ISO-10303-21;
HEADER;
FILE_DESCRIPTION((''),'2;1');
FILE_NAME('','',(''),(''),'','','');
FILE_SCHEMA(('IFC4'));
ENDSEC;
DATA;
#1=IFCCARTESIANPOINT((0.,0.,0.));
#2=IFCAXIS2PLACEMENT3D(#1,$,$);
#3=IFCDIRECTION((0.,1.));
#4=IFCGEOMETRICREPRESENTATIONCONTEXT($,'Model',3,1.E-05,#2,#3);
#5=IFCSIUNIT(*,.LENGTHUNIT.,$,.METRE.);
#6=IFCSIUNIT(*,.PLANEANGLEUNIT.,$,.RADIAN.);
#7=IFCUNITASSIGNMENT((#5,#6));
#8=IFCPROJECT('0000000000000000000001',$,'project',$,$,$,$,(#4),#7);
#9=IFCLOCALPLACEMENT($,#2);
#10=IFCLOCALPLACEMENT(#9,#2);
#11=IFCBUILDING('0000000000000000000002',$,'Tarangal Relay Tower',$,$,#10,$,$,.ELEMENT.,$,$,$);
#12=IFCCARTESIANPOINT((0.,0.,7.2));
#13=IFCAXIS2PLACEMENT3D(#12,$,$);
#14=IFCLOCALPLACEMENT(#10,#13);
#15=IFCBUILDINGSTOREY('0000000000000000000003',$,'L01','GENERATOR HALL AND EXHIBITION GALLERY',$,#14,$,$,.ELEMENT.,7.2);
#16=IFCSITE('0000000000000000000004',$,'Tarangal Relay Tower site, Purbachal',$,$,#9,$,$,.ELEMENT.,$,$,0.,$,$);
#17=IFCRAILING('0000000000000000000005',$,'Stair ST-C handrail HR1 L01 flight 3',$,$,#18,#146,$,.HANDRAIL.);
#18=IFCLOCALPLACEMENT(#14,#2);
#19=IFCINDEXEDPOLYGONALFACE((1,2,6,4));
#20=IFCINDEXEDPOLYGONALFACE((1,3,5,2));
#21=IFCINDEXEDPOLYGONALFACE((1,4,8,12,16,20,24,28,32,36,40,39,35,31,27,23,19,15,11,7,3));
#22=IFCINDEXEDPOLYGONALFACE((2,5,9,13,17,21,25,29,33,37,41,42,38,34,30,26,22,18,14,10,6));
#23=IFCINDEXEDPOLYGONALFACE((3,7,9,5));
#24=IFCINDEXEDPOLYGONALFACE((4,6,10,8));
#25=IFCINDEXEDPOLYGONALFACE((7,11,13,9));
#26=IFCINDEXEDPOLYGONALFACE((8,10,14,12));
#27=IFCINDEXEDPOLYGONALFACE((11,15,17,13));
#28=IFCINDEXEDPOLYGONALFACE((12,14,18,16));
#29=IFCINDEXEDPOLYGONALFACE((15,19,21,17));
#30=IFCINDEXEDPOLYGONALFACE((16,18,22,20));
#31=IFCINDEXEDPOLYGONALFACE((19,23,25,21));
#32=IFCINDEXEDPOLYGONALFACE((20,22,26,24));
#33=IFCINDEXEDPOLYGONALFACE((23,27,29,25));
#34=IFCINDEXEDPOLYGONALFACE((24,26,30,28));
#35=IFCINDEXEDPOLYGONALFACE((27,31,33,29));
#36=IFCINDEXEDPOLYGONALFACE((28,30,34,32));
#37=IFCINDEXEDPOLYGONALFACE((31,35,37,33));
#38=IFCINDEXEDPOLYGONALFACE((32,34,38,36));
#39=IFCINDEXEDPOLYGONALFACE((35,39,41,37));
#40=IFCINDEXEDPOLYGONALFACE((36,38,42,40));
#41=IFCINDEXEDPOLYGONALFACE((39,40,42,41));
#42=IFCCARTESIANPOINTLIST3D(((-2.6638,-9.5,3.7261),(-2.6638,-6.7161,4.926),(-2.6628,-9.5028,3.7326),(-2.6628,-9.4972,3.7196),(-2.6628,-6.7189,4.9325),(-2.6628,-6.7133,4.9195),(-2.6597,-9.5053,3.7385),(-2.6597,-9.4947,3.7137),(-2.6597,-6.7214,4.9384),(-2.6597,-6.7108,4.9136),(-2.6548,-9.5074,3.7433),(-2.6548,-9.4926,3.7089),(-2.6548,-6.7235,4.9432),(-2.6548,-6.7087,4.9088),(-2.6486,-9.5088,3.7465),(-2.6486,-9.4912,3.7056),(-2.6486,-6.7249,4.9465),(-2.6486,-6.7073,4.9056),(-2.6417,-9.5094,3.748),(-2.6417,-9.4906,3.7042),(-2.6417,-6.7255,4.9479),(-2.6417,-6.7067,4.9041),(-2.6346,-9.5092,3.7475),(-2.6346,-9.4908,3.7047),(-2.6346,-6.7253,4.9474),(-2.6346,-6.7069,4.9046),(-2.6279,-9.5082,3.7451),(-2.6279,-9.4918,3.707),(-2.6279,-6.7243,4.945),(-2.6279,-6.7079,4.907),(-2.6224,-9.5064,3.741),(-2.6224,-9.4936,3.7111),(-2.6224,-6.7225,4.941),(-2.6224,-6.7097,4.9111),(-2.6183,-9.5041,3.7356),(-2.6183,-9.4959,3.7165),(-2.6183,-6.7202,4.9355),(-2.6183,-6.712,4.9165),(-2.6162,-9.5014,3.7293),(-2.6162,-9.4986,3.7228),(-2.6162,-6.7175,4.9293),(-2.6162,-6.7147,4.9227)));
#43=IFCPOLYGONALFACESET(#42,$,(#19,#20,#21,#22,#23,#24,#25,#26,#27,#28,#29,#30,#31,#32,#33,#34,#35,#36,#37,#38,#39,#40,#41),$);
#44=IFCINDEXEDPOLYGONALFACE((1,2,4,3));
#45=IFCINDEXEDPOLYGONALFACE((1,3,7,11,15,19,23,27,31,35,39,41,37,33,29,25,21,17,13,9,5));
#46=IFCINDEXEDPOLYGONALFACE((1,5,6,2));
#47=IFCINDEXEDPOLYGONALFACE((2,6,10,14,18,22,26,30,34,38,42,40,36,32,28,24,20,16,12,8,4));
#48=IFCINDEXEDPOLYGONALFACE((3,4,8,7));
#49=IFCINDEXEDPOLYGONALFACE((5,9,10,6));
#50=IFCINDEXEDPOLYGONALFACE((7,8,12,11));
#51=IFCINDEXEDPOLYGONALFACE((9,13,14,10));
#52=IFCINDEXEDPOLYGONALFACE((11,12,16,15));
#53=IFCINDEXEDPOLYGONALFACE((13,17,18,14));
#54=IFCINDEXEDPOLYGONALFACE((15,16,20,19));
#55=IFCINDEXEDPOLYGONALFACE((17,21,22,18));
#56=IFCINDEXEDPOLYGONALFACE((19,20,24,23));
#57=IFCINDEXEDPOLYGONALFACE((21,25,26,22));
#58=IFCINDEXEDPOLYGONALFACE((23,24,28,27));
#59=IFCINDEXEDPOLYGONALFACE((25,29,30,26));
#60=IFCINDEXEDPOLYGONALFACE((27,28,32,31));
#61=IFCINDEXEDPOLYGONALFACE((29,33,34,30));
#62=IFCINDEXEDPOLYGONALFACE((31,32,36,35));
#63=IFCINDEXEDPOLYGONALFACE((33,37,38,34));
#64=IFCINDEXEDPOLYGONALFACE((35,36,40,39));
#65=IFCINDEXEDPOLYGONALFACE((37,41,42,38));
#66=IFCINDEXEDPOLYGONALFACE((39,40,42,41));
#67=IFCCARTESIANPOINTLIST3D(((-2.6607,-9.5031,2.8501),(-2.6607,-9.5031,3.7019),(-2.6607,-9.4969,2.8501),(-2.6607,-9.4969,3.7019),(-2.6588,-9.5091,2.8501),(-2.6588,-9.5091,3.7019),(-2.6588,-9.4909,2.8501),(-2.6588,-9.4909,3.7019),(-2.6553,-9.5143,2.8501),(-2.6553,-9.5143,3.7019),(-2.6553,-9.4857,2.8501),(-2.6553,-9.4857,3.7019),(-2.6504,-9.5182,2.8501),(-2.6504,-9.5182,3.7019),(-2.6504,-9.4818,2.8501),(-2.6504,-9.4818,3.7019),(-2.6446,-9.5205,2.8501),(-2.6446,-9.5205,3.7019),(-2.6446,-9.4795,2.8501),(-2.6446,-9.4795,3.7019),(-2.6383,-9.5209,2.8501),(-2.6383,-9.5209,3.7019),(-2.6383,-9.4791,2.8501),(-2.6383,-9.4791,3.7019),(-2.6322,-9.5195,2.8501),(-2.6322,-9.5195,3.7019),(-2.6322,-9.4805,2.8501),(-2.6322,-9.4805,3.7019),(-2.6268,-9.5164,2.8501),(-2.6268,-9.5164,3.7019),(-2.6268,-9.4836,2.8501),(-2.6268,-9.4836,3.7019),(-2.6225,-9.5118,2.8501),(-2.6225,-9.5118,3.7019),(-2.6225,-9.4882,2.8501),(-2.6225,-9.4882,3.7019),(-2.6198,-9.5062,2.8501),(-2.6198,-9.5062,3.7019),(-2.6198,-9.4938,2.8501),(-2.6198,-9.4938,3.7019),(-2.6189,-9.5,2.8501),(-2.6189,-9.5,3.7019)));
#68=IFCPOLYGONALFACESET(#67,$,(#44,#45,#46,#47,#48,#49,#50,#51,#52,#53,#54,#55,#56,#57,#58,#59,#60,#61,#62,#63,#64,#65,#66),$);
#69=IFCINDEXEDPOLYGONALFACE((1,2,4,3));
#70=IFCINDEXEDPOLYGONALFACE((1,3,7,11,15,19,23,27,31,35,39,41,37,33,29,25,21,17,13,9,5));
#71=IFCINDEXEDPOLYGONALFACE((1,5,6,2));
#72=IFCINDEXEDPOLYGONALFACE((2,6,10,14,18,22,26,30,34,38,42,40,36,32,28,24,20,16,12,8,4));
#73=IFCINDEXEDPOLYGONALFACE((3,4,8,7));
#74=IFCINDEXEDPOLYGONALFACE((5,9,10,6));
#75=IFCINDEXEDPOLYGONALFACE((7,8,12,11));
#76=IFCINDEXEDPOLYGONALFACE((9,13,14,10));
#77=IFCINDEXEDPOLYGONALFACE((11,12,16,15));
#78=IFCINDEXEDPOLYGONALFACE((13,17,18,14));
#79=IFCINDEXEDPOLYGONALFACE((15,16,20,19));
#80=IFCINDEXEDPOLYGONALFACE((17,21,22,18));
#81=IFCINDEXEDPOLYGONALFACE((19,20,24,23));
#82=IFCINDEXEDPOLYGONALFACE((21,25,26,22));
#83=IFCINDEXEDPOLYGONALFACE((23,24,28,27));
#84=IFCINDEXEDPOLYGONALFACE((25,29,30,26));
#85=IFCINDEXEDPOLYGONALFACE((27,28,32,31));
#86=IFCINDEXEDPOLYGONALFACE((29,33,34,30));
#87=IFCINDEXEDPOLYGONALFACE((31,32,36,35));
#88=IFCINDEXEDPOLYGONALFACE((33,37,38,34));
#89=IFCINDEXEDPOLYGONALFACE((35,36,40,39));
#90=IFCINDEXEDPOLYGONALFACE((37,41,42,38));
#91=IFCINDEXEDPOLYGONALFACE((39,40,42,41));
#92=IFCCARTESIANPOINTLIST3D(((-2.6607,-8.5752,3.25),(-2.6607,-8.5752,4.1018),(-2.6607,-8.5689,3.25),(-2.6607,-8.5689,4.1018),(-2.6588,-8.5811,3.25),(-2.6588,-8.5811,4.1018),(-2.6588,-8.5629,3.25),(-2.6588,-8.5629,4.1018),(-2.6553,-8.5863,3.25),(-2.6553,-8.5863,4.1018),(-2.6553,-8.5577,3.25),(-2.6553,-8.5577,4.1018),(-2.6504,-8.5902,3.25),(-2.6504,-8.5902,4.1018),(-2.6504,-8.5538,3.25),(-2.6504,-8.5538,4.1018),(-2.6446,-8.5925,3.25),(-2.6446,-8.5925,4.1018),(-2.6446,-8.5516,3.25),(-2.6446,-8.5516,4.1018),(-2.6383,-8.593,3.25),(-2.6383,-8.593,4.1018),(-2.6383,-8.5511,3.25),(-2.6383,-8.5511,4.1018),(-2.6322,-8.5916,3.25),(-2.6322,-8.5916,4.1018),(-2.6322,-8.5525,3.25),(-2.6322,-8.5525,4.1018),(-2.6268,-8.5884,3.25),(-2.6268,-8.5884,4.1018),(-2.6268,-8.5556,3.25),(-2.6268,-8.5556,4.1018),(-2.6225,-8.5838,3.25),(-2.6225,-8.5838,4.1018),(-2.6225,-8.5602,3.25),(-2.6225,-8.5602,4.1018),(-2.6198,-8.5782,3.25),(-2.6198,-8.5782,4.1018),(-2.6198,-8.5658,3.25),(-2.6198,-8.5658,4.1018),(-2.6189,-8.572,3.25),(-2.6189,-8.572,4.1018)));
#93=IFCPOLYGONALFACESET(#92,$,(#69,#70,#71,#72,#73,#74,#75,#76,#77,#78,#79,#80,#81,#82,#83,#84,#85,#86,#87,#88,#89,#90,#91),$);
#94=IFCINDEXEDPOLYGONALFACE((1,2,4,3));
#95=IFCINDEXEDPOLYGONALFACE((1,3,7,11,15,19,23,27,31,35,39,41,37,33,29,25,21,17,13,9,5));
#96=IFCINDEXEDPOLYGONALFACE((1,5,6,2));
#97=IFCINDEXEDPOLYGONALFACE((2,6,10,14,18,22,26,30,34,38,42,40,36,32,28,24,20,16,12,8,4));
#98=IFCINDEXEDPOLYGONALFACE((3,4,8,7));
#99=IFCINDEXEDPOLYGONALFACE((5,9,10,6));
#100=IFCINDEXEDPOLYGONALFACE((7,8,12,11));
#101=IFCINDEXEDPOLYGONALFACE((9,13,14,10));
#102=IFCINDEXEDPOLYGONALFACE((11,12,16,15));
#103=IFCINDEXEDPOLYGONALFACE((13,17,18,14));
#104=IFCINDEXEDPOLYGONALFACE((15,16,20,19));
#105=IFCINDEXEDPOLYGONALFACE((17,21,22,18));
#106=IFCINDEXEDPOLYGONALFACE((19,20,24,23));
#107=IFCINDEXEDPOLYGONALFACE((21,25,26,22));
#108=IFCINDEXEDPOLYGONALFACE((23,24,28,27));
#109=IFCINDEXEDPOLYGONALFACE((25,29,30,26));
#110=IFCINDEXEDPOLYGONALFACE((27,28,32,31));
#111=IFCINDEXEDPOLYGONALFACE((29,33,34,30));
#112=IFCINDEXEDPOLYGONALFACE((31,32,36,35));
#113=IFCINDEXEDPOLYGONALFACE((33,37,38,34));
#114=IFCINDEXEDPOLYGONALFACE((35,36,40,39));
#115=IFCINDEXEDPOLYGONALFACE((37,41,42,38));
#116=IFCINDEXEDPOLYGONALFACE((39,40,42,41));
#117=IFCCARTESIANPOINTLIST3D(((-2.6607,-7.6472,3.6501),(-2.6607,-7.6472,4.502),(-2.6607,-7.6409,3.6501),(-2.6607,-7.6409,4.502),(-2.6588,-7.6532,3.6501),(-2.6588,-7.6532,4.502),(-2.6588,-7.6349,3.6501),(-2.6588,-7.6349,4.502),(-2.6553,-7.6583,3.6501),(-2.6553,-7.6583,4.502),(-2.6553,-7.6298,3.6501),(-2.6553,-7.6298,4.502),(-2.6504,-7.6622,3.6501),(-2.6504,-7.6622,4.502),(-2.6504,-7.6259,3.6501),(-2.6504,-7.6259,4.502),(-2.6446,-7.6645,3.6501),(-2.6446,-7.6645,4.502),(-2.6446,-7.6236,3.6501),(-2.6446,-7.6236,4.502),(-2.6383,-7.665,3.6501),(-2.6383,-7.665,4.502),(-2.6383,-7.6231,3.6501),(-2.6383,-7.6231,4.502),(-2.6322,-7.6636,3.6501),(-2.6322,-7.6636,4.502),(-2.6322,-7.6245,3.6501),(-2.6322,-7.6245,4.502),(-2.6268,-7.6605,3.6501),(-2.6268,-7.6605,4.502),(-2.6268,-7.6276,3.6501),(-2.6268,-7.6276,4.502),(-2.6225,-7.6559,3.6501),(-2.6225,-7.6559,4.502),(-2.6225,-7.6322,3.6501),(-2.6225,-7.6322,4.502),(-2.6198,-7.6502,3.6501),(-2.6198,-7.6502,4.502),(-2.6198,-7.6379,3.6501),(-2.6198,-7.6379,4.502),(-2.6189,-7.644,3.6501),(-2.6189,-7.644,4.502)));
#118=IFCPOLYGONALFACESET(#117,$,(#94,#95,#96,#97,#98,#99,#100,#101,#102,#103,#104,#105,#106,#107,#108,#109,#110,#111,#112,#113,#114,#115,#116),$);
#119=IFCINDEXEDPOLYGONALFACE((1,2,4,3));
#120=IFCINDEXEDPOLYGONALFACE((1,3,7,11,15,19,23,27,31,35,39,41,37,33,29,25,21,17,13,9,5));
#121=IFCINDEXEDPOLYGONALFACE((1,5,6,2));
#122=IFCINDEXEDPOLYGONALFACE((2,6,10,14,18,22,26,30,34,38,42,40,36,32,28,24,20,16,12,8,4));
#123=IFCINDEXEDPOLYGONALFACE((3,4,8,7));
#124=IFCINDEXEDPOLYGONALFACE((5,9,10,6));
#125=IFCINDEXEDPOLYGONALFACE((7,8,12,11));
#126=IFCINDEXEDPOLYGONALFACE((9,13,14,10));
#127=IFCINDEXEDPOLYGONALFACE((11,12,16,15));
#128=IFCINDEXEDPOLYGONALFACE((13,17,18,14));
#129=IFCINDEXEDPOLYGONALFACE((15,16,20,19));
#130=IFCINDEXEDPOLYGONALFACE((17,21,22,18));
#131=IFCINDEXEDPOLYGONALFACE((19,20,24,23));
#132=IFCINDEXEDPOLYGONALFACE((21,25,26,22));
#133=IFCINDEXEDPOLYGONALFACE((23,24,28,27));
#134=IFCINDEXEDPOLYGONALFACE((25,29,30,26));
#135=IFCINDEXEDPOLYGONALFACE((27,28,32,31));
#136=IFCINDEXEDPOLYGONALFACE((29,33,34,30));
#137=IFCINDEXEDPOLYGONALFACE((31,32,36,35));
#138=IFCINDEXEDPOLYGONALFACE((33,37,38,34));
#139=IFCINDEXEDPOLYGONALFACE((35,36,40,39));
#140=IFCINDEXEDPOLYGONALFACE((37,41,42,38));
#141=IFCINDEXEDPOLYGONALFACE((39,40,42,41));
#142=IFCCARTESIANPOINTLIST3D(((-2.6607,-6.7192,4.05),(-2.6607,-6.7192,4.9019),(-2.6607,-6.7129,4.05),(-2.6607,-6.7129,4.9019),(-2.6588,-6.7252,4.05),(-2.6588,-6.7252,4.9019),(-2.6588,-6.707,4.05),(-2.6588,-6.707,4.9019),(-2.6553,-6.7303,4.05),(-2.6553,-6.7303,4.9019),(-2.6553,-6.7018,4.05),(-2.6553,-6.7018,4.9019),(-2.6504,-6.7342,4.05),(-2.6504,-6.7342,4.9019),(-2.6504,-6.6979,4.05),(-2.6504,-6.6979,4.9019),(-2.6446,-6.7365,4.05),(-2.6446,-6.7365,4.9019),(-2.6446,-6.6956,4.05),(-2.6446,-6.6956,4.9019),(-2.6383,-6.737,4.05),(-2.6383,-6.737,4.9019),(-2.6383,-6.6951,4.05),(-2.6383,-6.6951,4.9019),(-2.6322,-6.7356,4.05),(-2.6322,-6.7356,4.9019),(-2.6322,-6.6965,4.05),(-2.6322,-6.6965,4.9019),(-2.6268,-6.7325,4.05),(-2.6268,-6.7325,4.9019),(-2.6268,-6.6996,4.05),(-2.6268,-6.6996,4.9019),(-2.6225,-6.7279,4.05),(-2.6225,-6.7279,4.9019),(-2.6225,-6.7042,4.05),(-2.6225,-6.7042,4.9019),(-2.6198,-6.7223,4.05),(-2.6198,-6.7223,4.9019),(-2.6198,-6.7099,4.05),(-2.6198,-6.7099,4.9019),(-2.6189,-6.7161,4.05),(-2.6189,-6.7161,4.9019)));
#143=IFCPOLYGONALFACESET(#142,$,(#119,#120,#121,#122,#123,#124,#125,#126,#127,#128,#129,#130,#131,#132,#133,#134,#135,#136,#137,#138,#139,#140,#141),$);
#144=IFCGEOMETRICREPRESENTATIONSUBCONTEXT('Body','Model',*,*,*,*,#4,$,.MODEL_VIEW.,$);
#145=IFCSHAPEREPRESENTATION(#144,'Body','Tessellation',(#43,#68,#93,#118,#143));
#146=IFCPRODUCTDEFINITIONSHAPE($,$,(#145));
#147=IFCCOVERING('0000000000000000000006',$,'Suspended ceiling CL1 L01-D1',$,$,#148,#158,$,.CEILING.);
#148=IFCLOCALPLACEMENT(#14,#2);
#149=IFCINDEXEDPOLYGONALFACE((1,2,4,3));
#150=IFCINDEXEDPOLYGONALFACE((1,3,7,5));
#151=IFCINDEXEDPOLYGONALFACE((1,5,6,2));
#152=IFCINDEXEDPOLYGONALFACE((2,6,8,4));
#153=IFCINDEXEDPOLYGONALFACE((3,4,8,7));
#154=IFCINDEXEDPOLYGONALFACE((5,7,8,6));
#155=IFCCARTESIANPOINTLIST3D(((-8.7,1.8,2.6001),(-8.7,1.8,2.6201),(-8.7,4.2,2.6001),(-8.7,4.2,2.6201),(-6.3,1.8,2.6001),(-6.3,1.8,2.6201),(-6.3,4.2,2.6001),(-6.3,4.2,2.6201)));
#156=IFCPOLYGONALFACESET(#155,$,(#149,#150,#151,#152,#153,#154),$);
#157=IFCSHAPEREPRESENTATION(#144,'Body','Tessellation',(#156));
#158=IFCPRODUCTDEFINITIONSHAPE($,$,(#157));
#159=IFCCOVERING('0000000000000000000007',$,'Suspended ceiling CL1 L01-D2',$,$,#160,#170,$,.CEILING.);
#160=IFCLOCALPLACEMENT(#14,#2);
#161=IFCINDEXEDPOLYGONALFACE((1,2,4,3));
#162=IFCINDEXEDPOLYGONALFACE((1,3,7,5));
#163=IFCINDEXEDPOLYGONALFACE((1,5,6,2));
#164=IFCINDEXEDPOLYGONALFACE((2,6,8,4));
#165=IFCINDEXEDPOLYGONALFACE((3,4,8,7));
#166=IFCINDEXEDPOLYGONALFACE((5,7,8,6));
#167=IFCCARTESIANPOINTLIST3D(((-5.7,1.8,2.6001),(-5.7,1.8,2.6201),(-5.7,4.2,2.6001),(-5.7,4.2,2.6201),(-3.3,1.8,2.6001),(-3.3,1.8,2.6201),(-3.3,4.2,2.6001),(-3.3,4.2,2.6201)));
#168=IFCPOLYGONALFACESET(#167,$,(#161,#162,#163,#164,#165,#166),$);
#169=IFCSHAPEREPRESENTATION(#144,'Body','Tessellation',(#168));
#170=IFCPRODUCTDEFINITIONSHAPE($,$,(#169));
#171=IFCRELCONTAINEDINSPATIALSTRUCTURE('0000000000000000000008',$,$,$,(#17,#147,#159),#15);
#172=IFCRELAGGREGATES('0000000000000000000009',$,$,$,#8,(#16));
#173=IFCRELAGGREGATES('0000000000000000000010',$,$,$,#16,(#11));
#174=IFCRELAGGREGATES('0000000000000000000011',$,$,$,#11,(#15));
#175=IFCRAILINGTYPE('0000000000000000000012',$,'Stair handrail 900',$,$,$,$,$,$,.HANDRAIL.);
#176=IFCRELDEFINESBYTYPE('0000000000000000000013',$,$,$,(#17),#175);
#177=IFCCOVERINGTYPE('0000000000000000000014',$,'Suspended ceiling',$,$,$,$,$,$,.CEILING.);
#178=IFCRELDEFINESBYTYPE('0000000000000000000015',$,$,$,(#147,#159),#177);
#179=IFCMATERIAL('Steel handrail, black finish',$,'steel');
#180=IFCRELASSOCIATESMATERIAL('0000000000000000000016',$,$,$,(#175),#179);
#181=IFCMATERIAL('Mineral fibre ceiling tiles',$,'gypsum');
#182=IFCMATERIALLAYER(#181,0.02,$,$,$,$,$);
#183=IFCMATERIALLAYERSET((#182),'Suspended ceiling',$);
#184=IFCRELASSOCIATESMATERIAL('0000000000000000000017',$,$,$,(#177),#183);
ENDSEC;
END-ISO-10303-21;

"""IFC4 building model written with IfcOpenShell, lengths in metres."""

from ifc_helpers import new_model, si_unit, direction, frame, origin, origin_2d, place, context, subcontext, project, spatial, polyline, circle, outline, extrude, material, layer, layer_set, type_object, element, save


model = new_model("IFC4")

# Units and contexts
model_context = context("Model", 3, precision=1e-05, world=origin(), true_north=direction((0.0, 1.0)))
body_context = subcontext(model_context, "Body", "Model", "MODEL_VIEW")
ifc_project = project(units=[si_unit("LENGTHUNIT", "METRE"), si_unit("PLANEANGLEUNIT", "RADIAN")], contexts=[model_context])

# Site, building, storey
site_placement = place(None, origin())
site = spatial("IfcSite", under=ifc_project, at=site_placement, Name="Tarangal Relay Tower site, Purbachal", CompositionType="ELEMENT", RefElevation=0.0)
building_placement = place(site_placement, origin())
building = spatial("IfcBuilding", under=site, at=building_placement, Name="Tarangal Relay Tower", CompositionType="ELEMENT")
storey_placement = place(building_placement, frame((0.0, 0.0, 7.2)))
storey = spatial("IfcBuildingStorey", under=building, at=storey_placement, Name="L01", Description="GENERATOR HALL AND EXHIBITION GALLERY", CompositionType="ELEMENT", Elevation=7.2)

# Railing
ifc_material_1 = material(Name="Steel handrail, black finish", Category="steel")
railing_type_1 = type_object("IfcRailingType", Name="Stair handrail 900", PredefinedType="HANDRAIL", material=ifc_material_1)
for number, where, name in (
    (1, (-2.6399, -9.5, 2.8501), "Stair ST-C handrail HR1 L01 flight 3"),
):
    element("IfcRailing", number, at=place(storey_placement, frame(where)), inside=storey, type_object=railing_type_1, Name=name, PredefinedType="HANDRAIL", context=body_context, shape_type="SweptSolid", body=[
        extrude(circle(Radius=0.0239, at=origin_2d()), frame((0.0, 0.0, 0.876), z_axis=(0.0, 0.918327, 0.395823), x_axis=(-1.0, 0.0, 0.0)), (0.0, 0.0, 1.0), 3.0315),
        extrude(circle(Radius=0.021, at=origin_2d()), origin(), (0.0, 0.0, 1.0), 0.8518),
        extrude(circle(Radius=0.021, at=origin_2d()), frame((0.0, 0.928, 0.3999)), (0.0, 0.0, 1.0), 0.8518),
        extrude(circle(Radius=0.021, at=origin_2d()), frame((0.0, 1.856, 0.8)), (0.0, 0.0, 1.0), 0.8518),
        extrude(circle(Radius=0.021, at=origin_2d()), frame((0.0, 2.7839, 1.2)), (0.0, 0.0, 1.0), 0.8518),
    ])

# Coverings
ifc_material_2 = material(Name="Mineral fibre ceiling tiles", Category="gypsum")
ifc_layer_1 = layer(ifc_material_2, 0.02)
ifc_layer_set_1 = layer_set([ifc_layer_1], Name="Suspended ceiling")
covering_type_1 = type_object("IfcCoveringType", Name="Suspended ceiling", PredefinedType="CEILING", material=ifc_layer_set_1)
covering_1_placement = place(storey_placement, frame((0.0, 0.0, 2.6001)))
element("IfcCovering", 2, at=covering_1_placement, inside=storey, type_object=covering_type_1, Name="Suspended ceiling CL1 L01-D1", PredefinedType="CEILING", context=body_context, shape_type="SweptSolid", body=[
    extrude(outline(polyline([(-8.7, 1.8), (-6.3, 1.8), (-6.3, 4.2), (-8.7, 4.2), (-8.7, 1.8)])), origin(), (0.0, 0.0, 1.0), 0.02),
])
covering_2_placement = place(storey_placement, frame((0.0, 0.0, 2.6001)))
element("IfcCovering", 3, at=covering_2_placement, inside=storey, type_object=covering_type_1, Name="Suspended ceiling CL1 L01-D2", PredefinedType="CEILING", context=body_context, shape_type="SweptSolid", body=[
    extrude(outline(polyline([(-5.7, 1.8), (-3.3, 1.8), (-3.3, 4.2), (-5.7, 4.2), (-5.7, 1.8)])), origin(), (0.0, 0.0, 1.0), 0.02),
])

save(model, "model.ifc")
